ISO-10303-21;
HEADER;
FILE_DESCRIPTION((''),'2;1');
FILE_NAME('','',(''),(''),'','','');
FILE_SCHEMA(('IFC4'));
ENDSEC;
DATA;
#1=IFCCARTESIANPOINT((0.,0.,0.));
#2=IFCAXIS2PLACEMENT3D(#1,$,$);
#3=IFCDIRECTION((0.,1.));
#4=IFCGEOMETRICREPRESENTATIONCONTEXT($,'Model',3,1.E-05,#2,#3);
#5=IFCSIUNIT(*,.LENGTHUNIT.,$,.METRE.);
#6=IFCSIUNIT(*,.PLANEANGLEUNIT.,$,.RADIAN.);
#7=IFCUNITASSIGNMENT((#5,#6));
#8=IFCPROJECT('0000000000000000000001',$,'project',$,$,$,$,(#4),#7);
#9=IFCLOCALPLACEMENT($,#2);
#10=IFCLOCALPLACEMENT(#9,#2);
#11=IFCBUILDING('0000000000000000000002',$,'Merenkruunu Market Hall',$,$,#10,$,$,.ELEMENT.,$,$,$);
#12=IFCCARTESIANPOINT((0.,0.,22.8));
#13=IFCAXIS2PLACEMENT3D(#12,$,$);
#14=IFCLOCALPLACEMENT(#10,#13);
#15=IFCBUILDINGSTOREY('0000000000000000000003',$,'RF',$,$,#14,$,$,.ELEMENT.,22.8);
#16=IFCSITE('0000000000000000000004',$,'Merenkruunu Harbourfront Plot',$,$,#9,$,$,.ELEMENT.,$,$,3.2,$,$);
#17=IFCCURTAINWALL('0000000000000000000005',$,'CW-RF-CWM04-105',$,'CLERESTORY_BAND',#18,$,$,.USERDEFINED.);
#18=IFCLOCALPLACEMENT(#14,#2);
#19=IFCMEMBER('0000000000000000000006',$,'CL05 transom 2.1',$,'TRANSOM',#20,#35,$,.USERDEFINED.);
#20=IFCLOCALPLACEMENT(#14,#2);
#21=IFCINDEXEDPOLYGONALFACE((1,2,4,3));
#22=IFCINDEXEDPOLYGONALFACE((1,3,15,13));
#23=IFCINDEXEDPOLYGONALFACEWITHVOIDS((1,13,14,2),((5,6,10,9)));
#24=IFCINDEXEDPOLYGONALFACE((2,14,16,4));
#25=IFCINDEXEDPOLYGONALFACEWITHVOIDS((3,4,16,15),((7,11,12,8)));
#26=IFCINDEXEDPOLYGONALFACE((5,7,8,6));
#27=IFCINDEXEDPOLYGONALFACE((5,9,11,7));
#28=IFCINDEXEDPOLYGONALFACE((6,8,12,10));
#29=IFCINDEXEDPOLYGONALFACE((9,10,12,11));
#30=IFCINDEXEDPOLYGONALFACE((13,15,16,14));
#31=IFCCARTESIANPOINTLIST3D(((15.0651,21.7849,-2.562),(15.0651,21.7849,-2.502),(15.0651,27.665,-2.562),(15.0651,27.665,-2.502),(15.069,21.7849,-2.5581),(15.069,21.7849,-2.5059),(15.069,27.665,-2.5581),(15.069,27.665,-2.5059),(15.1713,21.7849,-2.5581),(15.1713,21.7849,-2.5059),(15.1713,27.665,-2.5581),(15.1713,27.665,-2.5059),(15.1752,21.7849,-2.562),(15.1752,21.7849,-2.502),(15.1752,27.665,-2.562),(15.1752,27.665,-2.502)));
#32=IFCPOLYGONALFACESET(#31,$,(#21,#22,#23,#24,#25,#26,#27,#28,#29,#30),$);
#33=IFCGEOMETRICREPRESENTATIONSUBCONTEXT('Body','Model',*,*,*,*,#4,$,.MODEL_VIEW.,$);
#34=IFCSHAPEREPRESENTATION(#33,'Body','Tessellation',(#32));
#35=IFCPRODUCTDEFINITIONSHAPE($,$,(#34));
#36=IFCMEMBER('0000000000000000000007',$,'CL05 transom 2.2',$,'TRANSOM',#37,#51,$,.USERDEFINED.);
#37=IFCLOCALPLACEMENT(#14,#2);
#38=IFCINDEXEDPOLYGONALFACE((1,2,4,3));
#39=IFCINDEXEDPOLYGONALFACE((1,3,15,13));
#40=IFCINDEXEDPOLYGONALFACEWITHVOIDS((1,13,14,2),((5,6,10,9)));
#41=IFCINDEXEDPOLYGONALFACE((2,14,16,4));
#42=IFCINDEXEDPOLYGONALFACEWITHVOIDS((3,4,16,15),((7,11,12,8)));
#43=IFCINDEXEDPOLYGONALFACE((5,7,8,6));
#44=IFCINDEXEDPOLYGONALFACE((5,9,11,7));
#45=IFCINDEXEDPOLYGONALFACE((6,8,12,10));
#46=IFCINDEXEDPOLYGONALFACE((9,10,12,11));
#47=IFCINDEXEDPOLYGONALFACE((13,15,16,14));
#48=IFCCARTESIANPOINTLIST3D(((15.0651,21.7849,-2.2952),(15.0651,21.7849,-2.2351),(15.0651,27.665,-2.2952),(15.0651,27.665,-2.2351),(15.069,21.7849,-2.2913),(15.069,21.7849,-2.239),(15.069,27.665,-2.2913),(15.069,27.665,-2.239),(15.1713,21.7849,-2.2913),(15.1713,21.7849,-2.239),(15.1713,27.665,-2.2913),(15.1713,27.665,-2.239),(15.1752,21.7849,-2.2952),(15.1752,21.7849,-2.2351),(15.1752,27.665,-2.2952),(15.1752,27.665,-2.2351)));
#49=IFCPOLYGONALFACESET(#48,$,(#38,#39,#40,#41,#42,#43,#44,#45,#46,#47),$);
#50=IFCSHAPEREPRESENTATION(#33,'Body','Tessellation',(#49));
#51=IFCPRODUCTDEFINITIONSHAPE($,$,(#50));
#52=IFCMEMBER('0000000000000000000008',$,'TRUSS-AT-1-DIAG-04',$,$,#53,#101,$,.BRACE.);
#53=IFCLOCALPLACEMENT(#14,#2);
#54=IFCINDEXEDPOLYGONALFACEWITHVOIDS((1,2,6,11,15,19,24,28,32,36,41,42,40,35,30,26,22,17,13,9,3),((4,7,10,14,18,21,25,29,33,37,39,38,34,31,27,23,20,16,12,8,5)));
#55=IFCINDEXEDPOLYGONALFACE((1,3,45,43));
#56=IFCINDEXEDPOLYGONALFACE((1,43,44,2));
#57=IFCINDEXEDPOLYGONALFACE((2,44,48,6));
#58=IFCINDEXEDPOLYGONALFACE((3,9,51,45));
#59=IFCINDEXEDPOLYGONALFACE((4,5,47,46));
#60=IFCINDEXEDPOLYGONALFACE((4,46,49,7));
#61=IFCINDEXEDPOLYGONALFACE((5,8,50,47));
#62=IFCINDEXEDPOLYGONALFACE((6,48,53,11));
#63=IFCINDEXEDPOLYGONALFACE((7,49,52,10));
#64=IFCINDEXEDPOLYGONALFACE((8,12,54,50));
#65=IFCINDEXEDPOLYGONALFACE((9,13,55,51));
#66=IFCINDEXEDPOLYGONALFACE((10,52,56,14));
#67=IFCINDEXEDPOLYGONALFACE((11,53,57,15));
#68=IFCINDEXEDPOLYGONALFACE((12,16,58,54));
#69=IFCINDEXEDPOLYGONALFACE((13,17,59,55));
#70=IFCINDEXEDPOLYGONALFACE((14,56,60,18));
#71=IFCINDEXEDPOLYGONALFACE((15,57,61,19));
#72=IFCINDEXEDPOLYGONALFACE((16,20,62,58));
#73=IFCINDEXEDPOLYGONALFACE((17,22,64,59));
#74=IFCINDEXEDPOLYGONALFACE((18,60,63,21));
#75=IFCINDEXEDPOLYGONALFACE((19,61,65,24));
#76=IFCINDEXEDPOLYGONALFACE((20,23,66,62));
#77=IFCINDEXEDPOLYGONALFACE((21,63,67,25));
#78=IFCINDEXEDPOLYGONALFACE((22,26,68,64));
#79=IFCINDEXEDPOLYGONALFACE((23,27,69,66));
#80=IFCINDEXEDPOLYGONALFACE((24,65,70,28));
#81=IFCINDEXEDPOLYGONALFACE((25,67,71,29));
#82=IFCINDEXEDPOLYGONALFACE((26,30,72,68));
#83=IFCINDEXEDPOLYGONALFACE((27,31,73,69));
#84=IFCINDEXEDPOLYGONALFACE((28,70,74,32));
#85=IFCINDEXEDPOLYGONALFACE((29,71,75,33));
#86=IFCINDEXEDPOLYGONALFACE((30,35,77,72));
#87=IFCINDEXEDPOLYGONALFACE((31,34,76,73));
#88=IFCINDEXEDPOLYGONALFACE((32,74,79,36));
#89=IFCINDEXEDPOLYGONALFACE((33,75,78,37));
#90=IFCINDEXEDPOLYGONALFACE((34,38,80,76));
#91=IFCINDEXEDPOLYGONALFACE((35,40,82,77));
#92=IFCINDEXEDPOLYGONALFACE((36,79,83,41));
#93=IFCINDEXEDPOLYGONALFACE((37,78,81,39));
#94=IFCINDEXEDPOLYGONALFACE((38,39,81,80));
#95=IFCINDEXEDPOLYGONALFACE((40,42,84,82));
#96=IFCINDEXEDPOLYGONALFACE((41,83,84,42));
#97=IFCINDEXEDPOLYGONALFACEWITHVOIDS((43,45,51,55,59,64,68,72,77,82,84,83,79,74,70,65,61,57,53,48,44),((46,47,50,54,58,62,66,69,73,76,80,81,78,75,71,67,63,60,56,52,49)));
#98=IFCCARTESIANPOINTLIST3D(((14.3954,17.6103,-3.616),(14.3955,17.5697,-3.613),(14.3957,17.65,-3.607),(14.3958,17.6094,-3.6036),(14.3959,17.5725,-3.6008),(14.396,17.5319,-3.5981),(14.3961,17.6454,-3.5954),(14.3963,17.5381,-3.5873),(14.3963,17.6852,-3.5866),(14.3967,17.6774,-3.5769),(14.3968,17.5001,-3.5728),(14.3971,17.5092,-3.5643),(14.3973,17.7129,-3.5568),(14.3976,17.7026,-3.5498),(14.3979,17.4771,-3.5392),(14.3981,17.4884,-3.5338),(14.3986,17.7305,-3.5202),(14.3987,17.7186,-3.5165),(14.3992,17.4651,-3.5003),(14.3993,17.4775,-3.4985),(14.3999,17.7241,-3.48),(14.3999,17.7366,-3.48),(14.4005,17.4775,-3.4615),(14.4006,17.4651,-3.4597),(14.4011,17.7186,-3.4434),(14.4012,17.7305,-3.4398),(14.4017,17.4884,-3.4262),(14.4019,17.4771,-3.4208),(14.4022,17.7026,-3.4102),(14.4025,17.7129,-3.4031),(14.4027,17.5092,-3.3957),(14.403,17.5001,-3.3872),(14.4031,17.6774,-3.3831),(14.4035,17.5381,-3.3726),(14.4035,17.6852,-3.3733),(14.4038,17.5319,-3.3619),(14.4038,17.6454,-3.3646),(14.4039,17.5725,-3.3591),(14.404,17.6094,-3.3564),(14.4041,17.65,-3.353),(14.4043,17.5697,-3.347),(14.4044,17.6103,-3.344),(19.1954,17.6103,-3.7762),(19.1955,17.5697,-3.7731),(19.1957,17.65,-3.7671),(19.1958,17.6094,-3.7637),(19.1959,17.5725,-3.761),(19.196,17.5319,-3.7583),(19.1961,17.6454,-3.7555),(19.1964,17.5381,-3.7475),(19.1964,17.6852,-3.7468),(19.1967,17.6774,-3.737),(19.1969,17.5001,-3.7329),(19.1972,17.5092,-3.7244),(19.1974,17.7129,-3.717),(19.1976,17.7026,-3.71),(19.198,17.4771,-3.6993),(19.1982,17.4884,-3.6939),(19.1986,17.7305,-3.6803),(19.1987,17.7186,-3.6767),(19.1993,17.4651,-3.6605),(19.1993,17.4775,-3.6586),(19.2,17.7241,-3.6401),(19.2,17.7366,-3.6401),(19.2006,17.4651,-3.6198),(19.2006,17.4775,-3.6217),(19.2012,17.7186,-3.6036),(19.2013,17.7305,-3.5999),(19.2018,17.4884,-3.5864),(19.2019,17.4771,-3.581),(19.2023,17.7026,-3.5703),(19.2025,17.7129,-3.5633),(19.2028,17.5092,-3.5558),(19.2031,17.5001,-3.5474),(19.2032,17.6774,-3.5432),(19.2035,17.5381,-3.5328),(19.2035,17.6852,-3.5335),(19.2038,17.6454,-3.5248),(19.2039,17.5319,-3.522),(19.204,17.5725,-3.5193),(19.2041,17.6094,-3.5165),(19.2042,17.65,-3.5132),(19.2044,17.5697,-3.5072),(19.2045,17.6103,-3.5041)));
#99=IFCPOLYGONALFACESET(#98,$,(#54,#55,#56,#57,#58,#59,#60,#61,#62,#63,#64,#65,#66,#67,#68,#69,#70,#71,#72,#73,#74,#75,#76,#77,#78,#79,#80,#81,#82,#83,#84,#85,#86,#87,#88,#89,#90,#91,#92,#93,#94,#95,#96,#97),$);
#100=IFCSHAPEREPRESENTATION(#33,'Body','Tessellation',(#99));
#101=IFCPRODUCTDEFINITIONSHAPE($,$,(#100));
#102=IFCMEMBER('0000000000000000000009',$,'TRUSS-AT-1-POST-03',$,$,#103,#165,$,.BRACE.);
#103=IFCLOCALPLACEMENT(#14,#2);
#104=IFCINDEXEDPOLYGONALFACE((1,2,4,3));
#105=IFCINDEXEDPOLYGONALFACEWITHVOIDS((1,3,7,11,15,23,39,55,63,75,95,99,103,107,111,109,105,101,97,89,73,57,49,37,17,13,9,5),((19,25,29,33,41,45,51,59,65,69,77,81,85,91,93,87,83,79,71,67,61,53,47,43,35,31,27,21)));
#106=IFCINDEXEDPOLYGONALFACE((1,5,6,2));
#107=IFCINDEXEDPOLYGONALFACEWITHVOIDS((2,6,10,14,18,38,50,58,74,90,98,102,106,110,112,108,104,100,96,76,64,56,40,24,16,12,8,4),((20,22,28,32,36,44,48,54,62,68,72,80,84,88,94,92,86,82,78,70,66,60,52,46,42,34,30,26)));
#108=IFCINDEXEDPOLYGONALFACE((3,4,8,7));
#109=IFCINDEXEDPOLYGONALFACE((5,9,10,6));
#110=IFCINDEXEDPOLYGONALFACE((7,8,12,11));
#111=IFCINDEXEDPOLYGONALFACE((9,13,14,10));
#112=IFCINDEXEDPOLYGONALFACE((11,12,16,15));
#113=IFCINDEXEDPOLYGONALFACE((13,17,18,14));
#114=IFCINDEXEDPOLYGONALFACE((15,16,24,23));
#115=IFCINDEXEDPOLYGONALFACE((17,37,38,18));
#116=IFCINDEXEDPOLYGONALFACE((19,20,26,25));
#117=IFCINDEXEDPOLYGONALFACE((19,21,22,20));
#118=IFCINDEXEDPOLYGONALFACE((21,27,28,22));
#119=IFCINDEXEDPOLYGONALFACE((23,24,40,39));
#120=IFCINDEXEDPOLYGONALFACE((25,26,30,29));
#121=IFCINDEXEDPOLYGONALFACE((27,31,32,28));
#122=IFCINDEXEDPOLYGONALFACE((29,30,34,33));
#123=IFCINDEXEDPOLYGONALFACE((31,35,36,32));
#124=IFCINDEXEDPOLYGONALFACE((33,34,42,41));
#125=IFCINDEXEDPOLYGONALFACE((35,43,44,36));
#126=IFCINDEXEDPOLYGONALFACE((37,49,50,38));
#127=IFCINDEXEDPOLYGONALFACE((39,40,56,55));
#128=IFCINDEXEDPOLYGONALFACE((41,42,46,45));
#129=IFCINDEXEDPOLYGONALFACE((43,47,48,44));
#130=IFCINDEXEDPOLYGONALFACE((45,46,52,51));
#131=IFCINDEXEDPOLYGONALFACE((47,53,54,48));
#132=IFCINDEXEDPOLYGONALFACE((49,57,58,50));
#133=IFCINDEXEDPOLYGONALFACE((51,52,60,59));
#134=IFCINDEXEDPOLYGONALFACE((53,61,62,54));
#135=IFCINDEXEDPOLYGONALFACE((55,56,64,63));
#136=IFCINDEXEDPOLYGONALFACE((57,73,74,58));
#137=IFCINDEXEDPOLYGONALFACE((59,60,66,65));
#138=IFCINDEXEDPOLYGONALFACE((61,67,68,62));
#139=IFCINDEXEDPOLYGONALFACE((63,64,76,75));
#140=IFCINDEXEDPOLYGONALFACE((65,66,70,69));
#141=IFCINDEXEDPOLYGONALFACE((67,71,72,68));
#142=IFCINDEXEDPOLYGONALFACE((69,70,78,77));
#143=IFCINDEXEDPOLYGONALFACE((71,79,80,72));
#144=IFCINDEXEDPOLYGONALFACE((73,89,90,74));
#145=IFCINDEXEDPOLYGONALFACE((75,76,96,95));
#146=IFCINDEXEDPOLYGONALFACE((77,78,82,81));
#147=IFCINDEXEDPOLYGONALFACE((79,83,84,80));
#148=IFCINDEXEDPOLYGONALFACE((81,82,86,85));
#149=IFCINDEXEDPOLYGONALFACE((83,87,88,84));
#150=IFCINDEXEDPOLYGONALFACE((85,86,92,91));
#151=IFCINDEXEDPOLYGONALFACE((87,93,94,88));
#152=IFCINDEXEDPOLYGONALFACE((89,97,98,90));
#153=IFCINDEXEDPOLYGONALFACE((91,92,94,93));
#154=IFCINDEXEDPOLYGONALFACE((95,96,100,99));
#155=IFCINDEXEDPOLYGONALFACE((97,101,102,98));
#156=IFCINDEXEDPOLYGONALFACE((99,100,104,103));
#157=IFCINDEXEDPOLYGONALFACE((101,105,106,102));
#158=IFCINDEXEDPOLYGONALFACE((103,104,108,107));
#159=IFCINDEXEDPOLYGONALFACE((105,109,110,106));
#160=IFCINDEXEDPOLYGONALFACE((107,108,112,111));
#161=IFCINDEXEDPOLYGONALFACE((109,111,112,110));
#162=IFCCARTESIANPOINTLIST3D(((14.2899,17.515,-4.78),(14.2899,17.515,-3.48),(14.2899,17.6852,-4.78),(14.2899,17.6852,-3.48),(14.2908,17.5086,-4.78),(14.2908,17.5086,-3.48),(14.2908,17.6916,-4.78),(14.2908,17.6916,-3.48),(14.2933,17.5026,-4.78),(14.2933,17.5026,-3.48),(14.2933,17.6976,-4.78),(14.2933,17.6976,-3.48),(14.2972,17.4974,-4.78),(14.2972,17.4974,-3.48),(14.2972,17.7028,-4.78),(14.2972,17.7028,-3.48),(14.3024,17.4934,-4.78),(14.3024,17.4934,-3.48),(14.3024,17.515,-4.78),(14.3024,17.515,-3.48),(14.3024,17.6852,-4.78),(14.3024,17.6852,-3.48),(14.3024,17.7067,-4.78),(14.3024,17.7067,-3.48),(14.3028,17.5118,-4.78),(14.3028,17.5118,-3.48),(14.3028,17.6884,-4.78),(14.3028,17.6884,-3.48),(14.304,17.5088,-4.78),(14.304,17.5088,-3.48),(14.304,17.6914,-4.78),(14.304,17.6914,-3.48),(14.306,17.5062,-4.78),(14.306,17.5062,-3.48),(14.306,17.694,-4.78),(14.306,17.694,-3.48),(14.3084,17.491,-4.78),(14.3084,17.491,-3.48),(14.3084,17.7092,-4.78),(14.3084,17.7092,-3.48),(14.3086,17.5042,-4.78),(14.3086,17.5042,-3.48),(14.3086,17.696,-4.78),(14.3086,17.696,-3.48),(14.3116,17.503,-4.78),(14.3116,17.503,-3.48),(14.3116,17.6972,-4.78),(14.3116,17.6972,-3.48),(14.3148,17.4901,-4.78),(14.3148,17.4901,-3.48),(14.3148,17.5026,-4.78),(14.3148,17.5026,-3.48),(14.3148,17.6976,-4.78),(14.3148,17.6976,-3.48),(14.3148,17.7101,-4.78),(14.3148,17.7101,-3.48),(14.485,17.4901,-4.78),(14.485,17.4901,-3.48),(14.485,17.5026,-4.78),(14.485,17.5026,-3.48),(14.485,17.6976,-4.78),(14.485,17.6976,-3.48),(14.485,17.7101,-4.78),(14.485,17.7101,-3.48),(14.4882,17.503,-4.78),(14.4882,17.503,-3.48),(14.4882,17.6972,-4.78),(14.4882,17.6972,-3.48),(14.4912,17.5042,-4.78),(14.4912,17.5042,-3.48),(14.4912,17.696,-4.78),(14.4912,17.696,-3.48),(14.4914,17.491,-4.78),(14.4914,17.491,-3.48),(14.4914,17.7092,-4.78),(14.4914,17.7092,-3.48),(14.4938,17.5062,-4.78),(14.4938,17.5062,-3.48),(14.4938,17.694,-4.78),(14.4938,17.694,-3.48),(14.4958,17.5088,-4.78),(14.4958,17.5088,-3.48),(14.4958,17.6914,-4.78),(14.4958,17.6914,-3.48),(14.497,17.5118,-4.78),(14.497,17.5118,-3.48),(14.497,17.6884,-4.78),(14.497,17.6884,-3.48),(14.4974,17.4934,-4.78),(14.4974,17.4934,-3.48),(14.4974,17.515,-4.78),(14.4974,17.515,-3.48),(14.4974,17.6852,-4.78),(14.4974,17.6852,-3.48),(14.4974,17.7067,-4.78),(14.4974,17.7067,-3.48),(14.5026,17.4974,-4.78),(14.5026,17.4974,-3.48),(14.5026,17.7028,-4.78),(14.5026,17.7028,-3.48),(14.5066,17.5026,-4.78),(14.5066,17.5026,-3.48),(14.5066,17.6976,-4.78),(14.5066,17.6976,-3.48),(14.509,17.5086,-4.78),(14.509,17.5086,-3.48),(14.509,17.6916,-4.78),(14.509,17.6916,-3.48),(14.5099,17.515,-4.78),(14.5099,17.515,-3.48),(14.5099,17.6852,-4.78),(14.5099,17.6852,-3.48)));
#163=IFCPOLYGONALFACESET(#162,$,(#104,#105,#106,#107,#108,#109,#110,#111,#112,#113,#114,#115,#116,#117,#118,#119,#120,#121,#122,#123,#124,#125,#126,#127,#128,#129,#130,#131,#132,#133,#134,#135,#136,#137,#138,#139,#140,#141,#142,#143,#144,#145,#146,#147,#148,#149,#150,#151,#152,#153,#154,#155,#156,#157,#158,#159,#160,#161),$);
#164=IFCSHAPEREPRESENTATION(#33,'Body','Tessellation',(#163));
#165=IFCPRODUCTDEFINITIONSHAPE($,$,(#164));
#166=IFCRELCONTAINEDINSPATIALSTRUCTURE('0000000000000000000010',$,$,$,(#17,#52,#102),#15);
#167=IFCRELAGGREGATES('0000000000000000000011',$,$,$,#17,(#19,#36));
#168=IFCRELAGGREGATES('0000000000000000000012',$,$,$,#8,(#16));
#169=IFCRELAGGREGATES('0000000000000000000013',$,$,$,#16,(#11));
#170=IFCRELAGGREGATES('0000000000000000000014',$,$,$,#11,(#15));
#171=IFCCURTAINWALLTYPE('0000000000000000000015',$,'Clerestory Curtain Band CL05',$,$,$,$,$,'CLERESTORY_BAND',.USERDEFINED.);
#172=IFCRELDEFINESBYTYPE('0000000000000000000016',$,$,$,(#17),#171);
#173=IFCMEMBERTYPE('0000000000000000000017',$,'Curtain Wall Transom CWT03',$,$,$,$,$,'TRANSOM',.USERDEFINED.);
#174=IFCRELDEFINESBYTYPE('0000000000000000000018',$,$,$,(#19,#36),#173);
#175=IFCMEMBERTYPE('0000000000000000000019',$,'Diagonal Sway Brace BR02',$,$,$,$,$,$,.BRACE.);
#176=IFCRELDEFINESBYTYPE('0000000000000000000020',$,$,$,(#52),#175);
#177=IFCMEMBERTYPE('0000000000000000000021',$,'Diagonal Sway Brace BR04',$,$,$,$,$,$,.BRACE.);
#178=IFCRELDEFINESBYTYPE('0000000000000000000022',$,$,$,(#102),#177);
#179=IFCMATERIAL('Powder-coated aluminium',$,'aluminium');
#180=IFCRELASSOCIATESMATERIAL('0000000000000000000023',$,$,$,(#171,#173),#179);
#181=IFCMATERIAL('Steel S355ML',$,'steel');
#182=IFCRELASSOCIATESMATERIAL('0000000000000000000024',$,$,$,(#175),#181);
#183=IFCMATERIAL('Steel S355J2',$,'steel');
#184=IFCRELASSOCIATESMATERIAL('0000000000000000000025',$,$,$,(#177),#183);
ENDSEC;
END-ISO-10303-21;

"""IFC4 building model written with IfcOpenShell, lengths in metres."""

from ifc_helpers import new_model, si_unit, direction, frame, origin, origin_2d, place, context, subcontext, project, spatial, hollow_rectangle, hollow_circle, extrude, material, material_profile, profile_set, type_object, element, aggregate, save


model = new_model("IFC4")

# Units and contexts
model_context = context("Model", 3, precision=1e-05, world=origin(), true_north=direction((0.0, 1.0)))
body_context = subcontext(model_context, "Body", "Model", "MODEL_VIEW")
ifc_project = project(units=[si_unit("LENGTHUNIT", "METRE"), si_unit("PLANEANGLEUNIT", "RADIAN")], contexts=[model_context])

# Site, building, storey
site_placement = place(None, origin())
site = spatial("IfcSite", under=ifc_project, at=site_placement, Name="Merenkruunu Harbourfront Plot", CompositionType="ELEMENT", RefElevation=3.2)
building_placement = place(site_placement, origin())
building = spatial("IfcBuilding", under=site, at=building_placement, Name="Merenkruunu Market Hall", CompositionType="ELEMENT")
storey_placement = place(building_placement, frame((0.0, 0.0, 22.8)))
storey = spatial("IfcBuildingStorey", under=building, at=storey_placement, Name="RF", CompositionType="ELEMENT", Elevation=22.8)

# Shared definitions
ifc_material_1 = material(Name="Steel S355ML", Category="steel")

# Curtain wall
ifc_material_2 = material(Name="Powder-coated aluminium", Category="aluminium")
curtain_wall_type = type_object("IfcCurtainWallType", Name="Clerestory Curtain Band CL05", ElementType="CLERESTORY_BAND", PredefinedType="USERDEFINED", material=ifc_material_2)
curtain_wall_1_placement = place(storey_placement, origin())
curtain_wall_1 = element("IfcCurtainWall", 1, at=curtain_wall_1_placement, inside=storey, type_object=curtain_wall_type, Name="CW-RF-CWM04-105", ObjectType="CLERESTORY_BAND", PredefinedType="USERDEFINED")

# Members
ifc_material_profile_1 = material_profile(ifc_material_2, hollow_rectangle(XDim=0.0601, YDim=0.1101, WallThickness=0.0039, at=origin_2d()), Name="ALU 60x110x4")
ifc_profile_set_1 = profile_set([ifc_material_profile_1], Name="Powder-coated aluminium")
member_type_1 = type_object("IfcMemberType", Name="Curtain Wall Transom CWT03", ElementType="TRANSOM", PredefinedType="USERDEFINED", material=ifc_profile_set_1)
member_1_placement = place(storey_placement, frame((15.1201, 21.7849, -2.532), z_axis=(0.0, 1.0, 0.0), x_axis=(0.0, 0.0, 1.0)))
member_1 = element("IfcMember", 2, at=member_1_placement, type_object=member_type_1, Name="CL05 transom 2.1", ObjectType="TRANSOM", PredefinedType="USERDEFINED", context=body_context, shape_type="SweptSolid", body=[
    extrude(hollow_rectangle(XDim=0.0601, YDim=0.1101, WallThickness=0.0039, at=origin_2d()), origin(), (0.0, 0.0, 1.0), 5.8801),
])
member_2_placement = place(storey_placement, frame((15.1201, 21.7849, -2.2651), z_axis=(0.0, 1.0, 0.0), x_axis=(0.0, 0.0, 1.0)))
member_2 = element("IfcMember", 3, at=member_2_placement, type_object=member_type_1, Name="CL05 transom 2.2", ObjectType="TRANSOM", PredefinedType="USERDEFINED", context=body_context, shape_type="SweptSolid", body=[
    extrude(hollow_rectangle(XDim=0.0601, YDim=0.1101, WallThickness=0.0039, at=origin_2d()), origin(), (0.0, 0.0, 1.0), 5.8801),
])

# Members
ifc_material_profile_2 = material_profile(ifc_material_1, hollow_circle(Radius=0.1365, WallThickness=0.0125, at=origin_2d()), Name="CHS 273x12.5")
ifc_profile_set_2 = profile_set([ifc_material_profile_2], Name="Steel S355ML")
member_type_2 = type_object("IfcMemberType", Name="Diagonal Sway Brace BR02", PredefinedType="BRACE", material=ifc_profile_set_2)
member_3_placement = place(storey_placement, frame((14.3999, 17.6001, -3.48), z_axis=(0.999444, 0.0, -0.033347), x_axis=(0.0, 1.0, 0.0)))
element("IfcMember", 4, at=member_3_placement, inside=storey, type_object=member_type_2, Name="TRUSS-AT-1-DIAG-04", PredefinedType="BRACE", context=body_context, shape_type="SweptSolid", body=[
    extrude(hollow_circle(Radius=0.1365, WallThickness=0.0125, at=origin_2d()), origin(), (0.0, 0.0, 1.0), 4.8027),
])
ifc_material_3 = material(Name="Steel S355J2", Category="steel")
ifc_material_profile_3 = material_profile(ifc_material_3, hollow_rectangle(XDim=0.22, YDim=0.22, WallThickness=0.0125, InnerFilletRadius=0.0125, OuterFilletRadius=0.0249, at=origin_2d()), Name="SHS 220x220x12.5")
ifc_profile_set_3 = profile_set([ifc_material_profile_3], Name="Steel S355J2")
member_type_3 = type_object("IfcMemberType", Name="Diagonal Sway Brace BR04", PredefinedType="BRACE", material=ifc_profile_set_3)
member_4_placement = place(storey_placement, frame((14.3999, 17.6001, -4.78), z_axis=(0.0, 0.0, 1.0), x_axis=(1.0, 0.0, 0.0)))
element("IfcMember", 5, at=member_4_placement, inside=storey, type_object=member_type_3, Name="TRUSS-AT-1-POST-03", PredefinedType="BRACE", context=body_context, shape_type="SweptSolid", body=[
    extrude(hollow_rectangle(XDim=0.22, YDim=0.22, WallThickness=0.0125, InnerFilletRadius=0.0125, OuterFilletRadius=0.0249, at=origin_2d()), origin(), (0.0, 0.0, 1.0), 1.3),
])

aggregate(curtain_wall_1, [member_1, member_2])

save(model, "model.ifc")
